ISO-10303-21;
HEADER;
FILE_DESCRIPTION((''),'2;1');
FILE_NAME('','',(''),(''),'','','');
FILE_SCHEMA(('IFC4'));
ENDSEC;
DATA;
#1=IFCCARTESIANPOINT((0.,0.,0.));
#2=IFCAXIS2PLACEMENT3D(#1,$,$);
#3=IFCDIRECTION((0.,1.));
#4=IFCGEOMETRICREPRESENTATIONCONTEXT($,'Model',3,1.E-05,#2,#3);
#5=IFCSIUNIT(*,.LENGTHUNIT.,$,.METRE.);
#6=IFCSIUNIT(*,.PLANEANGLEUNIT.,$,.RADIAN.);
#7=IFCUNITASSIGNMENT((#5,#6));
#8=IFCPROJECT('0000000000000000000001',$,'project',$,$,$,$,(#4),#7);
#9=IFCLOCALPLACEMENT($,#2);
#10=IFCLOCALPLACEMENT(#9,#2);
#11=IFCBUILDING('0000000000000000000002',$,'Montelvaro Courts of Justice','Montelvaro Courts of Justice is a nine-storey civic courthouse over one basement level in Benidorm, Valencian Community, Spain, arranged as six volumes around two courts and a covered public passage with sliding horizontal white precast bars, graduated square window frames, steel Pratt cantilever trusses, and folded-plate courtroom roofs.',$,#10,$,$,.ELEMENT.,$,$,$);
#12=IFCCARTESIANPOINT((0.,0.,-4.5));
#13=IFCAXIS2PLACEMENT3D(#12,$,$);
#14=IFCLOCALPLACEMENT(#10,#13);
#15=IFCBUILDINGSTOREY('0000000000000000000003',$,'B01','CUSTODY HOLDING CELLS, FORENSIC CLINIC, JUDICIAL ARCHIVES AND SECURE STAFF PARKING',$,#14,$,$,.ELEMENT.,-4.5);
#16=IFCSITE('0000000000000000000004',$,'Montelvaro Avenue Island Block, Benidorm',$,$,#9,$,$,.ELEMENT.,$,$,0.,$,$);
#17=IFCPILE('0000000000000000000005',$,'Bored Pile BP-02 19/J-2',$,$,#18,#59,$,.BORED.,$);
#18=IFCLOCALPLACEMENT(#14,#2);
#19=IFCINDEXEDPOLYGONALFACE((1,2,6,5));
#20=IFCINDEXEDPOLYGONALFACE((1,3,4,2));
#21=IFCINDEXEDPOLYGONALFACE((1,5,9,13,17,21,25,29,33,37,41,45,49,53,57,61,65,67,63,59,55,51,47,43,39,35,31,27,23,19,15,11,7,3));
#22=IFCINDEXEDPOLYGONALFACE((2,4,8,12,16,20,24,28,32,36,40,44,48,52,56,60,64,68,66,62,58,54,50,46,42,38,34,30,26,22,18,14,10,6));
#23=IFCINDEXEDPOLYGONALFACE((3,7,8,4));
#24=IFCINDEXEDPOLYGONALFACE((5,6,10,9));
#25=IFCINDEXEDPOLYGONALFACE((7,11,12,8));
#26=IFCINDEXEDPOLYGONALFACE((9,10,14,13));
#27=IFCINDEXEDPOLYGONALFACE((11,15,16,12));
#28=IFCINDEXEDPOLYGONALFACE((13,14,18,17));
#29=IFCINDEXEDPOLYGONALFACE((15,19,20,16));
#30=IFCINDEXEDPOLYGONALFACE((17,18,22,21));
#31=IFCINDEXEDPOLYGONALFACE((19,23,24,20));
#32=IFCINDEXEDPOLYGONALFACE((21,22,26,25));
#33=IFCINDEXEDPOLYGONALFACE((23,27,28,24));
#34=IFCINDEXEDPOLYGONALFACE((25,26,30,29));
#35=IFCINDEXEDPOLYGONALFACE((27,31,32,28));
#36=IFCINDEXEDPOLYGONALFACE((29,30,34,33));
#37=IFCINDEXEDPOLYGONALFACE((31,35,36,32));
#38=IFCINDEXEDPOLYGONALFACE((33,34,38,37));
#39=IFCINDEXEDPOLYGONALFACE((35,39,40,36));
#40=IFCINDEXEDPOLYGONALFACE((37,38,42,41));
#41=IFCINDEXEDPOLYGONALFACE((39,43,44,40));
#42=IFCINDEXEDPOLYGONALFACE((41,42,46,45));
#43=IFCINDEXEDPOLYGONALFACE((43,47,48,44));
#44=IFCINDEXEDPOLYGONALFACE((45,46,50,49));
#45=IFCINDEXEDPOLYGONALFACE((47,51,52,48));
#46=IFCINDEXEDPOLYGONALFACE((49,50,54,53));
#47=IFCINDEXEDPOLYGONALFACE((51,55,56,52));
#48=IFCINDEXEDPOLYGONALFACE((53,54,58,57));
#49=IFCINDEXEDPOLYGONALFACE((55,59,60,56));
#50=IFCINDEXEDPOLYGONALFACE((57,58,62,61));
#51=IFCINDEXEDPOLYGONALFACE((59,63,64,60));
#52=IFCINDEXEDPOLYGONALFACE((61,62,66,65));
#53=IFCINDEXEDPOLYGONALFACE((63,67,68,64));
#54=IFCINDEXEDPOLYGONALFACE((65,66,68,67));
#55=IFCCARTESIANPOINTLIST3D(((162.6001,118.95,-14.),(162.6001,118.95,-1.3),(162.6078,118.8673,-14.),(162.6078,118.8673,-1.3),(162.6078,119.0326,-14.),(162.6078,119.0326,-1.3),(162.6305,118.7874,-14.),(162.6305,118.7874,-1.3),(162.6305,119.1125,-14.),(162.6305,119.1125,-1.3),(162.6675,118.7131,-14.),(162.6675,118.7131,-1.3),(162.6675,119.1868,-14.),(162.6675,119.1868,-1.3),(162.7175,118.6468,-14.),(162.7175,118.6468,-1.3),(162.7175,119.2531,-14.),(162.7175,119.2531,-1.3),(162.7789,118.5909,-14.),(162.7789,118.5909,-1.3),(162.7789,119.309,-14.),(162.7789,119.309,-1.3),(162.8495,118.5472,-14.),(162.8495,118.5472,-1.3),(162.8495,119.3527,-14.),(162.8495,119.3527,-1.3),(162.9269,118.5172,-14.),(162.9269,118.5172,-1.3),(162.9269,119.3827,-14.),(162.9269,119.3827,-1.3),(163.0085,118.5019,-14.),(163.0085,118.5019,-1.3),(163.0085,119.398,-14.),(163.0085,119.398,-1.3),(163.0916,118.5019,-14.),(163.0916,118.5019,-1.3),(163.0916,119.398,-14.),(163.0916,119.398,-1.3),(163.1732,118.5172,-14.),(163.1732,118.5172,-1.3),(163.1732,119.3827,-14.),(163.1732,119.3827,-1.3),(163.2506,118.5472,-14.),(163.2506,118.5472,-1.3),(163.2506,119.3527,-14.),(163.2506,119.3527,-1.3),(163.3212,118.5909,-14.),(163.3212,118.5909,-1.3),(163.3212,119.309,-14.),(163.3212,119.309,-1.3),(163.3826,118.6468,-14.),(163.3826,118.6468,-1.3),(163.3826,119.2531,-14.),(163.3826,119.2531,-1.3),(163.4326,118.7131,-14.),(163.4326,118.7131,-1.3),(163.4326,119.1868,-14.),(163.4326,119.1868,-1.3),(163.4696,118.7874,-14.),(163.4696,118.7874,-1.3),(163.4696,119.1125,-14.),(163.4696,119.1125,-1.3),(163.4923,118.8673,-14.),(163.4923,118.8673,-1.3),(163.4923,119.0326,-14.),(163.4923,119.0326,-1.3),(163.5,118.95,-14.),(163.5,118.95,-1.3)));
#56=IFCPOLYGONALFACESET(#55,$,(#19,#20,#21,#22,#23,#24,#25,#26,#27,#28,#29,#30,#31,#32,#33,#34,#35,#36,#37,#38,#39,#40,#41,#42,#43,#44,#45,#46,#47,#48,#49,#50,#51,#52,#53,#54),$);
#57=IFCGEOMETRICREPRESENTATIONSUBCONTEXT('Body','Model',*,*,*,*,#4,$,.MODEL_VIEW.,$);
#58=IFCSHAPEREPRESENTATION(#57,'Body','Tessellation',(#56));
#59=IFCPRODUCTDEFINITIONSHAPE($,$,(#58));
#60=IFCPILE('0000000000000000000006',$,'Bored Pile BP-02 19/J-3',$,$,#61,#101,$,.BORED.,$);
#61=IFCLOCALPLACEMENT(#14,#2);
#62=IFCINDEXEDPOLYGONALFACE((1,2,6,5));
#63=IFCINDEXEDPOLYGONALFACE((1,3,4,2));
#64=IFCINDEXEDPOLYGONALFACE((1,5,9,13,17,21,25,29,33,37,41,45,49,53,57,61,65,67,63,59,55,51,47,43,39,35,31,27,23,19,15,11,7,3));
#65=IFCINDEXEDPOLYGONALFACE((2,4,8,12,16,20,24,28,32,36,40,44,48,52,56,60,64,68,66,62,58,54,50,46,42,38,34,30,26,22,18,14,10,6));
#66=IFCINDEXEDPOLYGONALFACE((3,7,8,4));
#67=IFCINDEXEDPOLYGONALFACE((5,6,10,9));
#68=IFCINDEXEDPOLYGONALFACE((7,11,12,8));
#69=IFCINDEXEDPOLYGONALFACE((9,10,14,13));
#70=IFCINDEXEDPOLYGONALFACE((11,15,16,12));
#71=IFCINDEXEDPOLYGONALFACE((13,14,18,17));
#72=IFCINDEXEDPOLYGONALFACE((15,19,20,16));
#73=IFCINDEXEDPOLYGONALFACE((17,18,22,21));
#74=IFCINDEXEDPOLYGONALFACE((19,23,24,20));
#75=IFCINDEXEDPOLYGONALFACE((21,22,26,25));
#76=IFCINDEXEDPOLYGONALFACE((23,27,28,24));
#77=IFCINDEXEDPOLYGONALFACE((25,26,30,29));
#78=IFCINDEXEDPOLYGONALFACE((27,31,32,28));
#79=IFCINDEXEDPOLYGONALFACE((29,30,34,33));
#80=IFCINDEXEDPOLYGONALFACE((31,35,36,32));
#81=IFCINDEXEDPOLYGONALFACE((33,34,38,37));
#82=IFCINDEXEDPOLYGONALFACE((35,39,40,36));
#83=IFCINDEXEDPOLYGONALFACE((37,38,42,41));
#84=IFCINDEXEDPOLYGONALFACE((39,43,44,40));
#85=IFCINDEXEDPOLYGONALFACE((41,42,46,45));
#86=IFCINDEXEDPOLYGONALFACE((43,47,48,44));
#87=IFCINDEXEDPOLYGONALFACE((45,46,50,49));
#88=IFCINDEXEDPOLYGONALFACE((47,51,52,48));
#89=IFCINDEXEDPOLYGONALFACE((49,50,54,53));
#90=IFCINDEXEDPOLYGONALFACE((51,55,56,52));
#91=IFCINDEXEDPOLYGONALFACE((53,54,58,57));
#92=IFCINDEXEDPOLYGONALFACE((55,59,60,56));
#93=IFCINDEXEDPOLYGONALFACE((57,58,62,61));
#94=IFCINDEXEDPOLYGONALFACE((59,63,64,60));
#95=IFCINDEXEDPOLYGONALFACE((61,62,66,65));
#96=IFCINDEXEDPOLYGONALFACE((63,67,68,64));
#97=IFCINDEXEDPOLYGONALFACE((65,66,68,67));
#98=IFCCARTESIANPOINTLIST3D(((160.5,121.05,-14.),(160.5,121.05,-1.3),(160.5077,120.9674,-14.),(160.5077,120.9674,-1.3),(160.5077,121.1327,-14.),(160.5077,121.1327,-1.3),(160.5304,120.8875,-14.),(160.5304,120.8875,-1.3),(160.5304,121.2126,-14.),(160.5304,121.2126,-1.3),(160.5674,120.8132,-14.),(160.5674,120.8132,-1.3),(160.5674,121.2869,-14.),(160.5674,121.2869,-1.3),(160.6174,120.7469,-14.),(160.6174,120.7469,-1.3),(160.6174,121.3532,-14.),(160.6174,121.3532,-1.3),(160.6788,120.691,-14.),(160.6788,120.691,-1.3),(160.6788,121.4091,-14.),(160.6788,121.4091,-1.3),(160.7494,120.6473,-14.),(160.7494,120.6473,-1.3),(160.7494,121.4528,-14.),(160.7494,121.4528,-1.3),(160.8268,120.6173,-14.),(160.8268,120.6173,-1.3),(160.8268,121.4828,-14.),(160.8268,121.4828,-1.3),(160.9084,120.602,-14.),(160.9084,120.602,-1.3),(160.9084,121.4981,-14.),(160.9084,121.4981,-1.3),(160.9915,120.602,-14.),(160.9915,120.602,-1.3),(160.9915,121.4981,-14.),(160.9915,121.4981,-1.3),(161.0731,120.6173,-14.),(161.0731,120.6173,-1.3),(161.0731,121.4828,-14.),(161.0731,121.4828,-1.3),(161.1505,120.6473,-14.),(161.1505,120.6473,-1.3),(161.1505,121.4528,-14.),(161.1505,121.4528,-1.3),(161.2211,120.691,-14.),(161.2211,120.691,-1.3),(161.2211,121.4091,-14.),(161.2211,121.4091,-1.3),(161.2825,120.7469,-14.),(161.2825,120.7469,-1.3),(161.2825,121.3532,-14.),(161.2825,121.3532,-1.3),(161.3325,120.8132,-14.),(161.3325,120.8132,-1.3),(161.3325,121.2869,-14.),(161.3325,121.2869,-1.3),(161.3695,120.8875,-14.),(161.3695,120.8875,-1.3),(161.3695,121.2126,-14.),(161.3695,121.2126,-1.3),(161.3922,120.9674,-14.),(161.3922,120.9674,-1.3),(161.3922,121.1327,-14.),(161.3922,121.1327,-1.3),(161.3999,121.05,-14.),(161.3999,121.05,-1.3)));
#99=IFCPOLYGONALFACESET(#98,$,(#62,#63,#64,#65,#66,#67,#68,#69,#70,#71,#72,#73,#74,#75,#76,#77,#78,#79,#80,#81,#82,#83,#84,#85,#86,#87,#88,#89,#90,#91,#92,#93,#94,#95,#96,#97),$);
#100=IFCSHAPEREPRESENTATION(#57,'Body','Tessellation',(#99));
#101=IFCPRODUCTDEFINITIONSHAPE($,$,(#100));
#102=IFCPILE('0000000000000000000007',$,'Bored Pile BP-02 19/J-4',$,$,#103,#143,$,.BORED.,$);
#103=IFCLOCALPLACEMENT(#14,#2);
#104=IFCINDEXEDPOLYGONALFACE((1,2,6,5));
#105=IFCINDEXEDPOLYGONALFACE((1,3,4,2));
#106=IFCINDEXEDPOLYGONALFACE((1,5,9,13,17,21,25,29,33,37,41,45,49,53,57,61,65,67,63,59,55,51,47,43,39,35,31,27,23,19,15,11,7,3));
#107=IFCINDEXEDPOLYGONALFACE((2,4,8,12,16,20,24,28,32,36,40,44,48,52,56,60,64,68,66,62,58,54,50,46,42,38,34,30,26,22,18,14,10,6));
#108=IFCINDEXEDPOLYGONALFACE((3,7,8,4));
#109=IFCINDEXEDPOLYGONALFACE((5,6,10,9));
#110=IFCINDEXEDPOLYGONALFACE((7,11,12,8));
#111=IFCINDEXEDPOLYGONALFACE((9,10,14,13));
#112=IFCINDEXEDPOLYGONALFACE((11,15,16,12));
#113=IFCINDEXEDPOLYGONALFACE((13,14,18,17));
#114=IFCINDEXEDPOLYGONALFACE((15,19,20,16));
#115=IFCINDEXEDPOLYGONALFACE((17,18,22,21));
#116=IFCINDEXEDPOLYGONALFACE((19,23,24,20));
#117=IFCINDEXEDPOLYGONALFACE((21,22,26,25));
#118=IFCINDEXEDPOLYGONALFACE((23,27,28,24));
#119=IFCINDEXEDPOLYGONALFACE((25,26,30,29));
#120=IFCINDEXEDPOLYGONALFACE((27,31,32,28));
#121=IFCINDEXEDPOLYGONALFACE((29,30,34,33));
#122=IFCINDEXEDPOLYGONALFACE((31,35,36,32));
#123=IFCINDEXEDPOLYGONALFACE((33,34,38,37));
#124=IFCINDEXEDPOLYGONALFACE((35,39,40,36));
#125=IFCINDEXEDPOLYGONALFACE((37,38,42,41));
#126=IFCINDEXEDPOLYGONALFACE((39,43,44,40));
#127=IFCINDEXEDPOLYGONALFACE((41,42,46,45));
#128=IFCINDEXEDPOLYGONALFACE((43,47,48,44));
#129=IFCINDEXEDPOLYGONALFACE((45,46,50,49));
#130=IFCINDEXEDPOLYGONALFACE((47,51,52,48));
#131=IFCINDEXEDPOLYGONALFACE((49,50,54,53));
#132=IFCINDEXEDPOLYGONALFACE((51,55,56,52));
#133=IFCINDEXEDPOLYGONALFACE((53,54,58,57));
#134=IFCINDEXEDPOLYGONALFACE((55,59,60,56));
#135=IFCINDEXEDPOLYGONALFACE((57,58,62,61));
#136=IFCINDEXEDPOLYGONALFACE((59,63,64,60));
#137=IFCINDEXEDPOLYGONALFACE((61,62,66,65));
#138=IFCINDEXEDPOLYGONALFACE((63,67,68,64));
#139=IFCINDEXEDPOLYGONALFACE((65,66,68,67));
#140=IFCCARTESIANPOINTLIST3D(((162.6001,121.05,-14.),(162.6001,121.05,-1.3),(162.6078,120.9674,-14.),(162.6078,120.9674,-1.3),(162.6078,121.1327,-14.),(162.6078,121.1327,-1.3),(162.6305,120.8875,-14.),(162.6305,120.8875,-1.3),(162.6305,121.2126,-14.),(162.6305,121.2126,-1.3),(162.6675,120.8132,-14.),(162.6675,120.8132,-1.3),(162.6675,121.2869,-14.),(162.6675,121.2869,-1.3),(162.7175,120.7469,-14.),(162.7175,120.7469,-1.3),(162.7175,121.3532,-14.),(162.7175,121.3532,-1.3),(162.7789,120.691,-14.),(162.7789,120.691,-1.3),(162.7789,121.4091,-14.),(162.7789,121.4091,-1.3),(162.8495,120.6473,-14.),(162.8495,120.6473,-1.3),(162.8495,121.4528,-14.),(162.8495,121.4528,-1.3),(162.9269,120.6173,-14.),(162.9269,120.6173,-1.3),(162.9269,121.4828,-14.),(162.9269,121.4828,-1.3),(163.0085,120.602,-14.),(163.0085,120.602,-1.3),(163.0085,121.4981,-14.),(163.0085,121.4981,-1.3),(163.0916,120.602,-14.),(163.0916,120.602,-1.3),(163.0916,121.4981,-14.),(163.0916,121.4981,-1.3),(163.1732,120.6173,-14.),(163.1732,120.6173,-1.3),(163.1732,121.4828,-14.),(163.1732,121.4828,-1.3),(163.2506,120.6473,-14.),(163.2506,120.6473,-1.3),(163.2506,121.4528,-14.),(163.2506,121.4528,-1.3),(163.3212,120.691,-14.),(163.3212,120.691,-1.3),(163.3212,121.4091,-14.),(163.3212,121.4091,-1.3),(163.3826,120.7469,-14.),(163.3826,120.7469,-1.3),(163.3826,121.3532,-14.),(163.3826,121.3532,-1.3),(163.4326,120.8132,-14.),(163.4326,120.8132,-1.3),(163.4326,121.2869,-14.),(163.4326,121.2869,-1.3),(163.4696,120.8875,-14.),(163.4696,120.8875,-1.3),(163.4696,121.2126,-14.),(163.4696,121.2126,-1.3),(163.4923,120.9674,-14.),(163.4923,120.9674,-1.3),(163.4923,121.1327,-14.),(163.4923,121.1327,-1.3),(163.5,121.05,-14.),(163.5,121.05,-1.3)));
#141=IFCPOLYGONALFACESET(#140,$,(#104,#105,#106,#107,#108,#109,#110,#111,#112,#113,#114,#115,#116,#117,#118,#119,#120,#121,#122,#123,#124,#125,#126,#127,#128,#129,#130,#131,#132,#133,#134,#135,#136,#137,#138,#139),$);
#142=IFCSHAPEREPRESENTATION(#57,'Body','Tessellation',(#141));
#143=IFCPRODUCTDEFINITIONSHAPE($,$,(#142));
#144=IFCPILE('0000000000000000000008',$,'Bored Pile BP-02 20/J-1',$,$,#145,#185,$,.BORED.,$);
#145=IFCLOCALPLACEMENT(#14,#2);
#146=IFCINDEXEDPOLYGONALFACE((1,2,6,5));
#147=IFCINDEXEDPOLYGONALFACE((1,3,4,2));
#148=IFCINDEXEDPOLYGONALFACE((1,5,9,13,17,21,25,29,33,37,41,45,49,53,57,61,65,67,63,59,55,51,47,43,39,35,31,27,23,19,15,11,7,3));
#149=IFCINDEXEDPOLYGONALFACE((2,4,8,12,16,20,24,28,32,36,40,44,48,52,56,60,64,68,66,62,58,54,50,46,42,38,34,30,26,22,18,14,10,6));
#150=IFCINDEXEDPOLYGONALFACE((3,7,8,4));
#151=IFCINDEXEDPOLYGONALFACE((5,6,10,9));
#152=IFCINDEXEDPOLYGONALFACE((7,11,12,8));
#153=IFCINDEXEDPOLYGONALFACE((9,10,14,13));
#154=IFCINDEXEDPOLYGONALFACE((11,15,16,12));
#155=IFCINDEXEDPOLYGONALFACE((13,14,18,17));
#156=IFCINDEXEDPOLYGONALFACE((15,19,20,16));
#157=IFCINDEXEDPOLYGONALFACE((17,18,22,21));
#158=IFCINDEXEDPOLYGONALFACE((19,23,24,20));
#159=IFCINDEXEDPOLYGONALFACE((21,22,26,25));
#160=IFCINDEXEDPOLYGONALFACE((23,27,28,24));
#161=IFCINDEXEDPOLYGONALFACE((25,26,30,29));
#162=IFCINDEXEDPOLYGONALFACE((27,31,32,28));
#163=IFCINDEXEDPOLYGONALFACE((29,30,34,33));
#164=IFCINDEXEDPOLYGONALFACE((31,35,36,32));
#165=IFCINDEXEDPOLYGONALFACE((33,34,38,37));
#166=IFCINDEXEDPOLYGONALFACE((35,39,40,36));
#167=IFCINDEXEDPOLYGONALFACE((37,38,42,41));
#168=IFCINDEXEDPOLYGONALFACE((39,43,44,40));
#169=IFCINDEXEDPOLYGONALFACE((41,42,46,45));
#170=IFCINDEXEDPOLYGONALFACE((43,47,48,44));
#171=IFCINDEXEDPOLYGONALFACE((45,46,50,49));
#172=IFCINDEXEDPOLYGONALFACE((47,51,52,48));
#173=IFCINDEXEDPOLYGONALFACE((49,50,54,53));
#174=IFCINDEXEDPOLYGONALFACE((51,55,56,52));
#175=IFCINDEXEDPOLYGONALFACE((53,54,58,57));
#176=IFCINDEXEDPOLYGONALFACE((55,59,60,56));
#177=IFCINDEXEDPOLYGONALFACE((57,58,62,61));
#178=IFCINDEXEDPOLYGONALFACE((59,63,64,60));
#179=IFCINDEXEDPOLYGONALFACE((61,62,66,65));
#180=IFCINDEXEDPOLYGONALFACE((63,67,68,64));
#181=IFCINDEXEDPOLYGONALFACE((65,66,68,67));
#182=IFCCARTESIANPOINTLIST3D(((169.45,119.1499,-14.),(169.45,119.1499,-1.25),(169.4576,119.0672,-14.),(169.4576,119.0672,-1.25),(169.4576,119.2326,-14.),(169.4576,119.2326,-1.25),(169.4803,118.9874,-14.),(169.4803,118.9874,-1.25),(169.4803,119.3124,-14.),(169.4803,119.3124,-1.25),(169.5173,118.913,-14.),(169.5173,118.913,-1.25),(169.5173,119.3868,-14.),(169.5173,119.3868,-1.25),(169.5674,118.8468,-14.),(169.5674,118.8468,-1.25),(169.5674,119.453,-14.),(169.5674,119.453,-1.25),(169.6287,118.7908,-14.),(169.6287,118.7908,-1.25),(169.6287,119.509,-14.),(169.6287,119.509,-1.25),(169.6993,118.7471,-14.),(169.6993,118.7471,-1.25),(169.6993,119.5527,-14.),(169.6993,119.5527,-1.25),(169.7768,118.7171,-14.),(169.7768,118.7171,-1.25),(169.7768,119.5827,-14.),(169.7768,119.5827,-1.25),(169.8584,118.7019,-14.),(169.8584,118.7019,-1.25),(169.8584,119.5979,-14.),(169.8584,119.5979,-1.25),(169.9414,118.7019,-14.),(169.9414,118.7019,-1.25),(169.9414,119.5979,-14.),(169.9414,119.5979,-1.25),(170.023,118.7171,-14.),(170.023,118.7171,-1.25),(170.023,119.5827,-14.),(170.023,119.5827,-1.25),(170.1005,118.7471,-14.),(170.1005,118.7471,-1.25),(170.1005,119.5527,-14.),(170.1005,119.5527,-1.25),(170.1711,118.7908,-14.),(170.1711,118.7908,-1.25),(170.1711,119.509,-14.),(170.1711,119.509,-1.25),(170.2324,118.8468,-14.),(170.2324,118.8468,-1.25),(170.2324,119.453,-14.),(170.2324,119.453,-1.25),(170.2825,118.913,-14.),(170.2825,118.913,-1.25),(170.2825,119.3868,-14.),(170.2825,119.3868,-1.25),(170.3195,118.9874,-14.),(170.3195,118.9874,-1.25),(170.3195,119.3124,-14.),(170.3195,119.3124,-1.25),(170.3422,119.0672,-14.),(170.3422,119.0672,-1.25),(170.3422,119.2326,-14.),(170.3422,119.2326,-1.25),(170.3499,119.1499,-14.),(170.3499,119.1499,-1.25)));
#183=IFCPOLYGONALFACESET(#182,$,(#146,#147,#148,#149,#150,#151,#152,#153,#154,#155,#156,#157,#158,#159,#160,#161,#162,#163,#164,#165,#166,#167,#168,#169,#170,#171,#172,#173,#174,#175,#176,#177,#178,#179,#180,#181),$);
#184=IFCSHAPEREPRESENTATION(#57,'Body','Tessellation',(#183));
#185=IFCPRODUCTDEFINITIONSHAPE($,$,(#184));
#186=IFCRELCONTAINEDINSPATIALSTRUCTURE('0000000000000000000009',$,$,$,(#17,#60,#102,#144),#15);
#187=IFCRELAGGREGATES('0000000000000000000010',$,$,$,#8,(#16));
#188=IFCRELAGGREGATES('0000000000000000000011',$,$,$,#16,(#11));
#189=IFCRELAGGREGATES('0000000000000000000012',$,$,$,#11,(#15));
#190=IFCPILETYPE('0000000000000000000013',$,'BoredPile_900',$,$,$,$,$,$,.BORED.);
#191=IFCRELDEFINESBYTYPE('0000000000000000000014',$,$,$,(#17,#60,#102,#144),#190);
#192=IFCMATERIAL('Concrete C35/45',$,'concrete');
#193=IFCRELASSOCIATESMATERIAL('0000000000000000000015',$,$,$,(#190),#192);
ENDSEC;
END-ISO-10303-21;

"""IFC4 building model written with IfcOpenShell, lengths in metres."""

from ifc_helpers import new_model, si_unit, direction, frame, origin, origin_2d, place, context, subcontext, project, spatial, circle, extrude, material, material_profile, profile_set, type_object, element, save


model = new_model("IFC4")

# Units and contexts
model_context = context("Model", 3, precision=1e-05, world=origin(), true_north=direction((0.0, 1.0)))
body_context = subcontext(model_context, "Body", "Model", "MODEL_VIEW")
ifc_project = project(units=[si_unit("LENGTHUNIT", "METRE"), si_unit("PLANEANGLEUNIT", "RADIAN")], contexts=[model_context])

# Site, building, storey
site_placement = place(None, origin())
site = spatial("IfcSite", under=ifc_project, at=site_placement, Name="Montelvaro Avenue Island Block, Benidorm", CompositionType="ELEMENT", RefElevation=0.0)
building_placement = place(site_placement, origin())
building = spatial("IfcBuilding", under=site, at=building_placement, Name="Montelvaro Courts of Justice", Description="Montelvaro Courts of Justice is a nine-storey civic courthouse over one basement level in Benidorm, Valencian Community, Spain, arranged as six volumes around two courts and a covered public passage with sliding horizontal white precast bars, graduated square window frames, steel Pratt cantilever trusses, and folded-plate courtroom roofs.", CompositionType="ELEMENT")
storey_placement = place(building_placement, frame((0.0, 0.0, -4.5)))
storey = spatial("IfcBuildingStorey", under=building, at=storey_placement, Name="B01", Description="CUSTODY HOLDING CELLS, FORENSIC CLINIC, JUDICIAL ARCHIVES AND SECURE STAFF PARKING", CompositionType="ELEMENT", Elevation=-4.5)

# Piles
ifc_material_1 = material(Name="Concrete C35/45", Category="concrete")
ifc_material_profile_1 = material_profile(ifc_material_1, circle(Radius=0.45, at=origin_2d()), Name="BORED PILE D900")
ifc_profile_set_1 = profile_set([ifc_material_profile_1], Name="Concrete C35/45")
pile_type_1 = type_object("IfcPileType", Name="BoredPile_900", PredefinedType="BORED", material=ifc_profile_set_1)
for number, where, z_axis, x_axis, name in (
    (1, (163.05, 118.95, -1.3), (0.0, 0.0, -1.0), (1.0, 0.0, 0.0), "Bored Pile BP-02 19/J-2"),
    (2, (160.95, 121.05, -1.3), (0.0, 0.0, -1.0), (1.0, 0.0, 0.0), "Bored Pile BP-02 19/J-3"),
    (3, (163.05, 121.05, -1.3), (0.0, 0.0, -1.0), (1.0, 0.0, 0.0), "Bored Pile BP-02 19/J-4"),
):
    element("IfcPile", number, at=place(storey_placement, frame(where, z_axis=z_axis, x_axis=x_axis)), inside=storey, type_object=pile_type_1, Name=name, PredefinedType="BORED", context=body_context, shape_type="SweptSolid", body=[
        extrude(circle(Radius=0.45, at=origin_2d()), origin(), (0.0, 0.0, 1.0), 12.7),
    ])
for number, where, z_axis, x_axis, name in (
    (4, (169.8999, 119.1499, -1.25), (0.0, 0.0, -1.0), (1.0, 0.0, 0.0), "Bored Pile BP-02 20/J-1"),
):
    element("IfcPile", number, at=place(storey_placement, frame(where, z_axis=z_axis, x_axis=x_axis)), inside=storey, type_object=pile_type_1, Name=name, PredefinedType="BORED", context=body_context, shape_type="SweptSolid", body=[
        extrude(circle(Radius=0.45, at=origin_2d()), origin(), (0.0, 0.0, 1.0), 12.75),
    ])

save(model, "model.ifc")
